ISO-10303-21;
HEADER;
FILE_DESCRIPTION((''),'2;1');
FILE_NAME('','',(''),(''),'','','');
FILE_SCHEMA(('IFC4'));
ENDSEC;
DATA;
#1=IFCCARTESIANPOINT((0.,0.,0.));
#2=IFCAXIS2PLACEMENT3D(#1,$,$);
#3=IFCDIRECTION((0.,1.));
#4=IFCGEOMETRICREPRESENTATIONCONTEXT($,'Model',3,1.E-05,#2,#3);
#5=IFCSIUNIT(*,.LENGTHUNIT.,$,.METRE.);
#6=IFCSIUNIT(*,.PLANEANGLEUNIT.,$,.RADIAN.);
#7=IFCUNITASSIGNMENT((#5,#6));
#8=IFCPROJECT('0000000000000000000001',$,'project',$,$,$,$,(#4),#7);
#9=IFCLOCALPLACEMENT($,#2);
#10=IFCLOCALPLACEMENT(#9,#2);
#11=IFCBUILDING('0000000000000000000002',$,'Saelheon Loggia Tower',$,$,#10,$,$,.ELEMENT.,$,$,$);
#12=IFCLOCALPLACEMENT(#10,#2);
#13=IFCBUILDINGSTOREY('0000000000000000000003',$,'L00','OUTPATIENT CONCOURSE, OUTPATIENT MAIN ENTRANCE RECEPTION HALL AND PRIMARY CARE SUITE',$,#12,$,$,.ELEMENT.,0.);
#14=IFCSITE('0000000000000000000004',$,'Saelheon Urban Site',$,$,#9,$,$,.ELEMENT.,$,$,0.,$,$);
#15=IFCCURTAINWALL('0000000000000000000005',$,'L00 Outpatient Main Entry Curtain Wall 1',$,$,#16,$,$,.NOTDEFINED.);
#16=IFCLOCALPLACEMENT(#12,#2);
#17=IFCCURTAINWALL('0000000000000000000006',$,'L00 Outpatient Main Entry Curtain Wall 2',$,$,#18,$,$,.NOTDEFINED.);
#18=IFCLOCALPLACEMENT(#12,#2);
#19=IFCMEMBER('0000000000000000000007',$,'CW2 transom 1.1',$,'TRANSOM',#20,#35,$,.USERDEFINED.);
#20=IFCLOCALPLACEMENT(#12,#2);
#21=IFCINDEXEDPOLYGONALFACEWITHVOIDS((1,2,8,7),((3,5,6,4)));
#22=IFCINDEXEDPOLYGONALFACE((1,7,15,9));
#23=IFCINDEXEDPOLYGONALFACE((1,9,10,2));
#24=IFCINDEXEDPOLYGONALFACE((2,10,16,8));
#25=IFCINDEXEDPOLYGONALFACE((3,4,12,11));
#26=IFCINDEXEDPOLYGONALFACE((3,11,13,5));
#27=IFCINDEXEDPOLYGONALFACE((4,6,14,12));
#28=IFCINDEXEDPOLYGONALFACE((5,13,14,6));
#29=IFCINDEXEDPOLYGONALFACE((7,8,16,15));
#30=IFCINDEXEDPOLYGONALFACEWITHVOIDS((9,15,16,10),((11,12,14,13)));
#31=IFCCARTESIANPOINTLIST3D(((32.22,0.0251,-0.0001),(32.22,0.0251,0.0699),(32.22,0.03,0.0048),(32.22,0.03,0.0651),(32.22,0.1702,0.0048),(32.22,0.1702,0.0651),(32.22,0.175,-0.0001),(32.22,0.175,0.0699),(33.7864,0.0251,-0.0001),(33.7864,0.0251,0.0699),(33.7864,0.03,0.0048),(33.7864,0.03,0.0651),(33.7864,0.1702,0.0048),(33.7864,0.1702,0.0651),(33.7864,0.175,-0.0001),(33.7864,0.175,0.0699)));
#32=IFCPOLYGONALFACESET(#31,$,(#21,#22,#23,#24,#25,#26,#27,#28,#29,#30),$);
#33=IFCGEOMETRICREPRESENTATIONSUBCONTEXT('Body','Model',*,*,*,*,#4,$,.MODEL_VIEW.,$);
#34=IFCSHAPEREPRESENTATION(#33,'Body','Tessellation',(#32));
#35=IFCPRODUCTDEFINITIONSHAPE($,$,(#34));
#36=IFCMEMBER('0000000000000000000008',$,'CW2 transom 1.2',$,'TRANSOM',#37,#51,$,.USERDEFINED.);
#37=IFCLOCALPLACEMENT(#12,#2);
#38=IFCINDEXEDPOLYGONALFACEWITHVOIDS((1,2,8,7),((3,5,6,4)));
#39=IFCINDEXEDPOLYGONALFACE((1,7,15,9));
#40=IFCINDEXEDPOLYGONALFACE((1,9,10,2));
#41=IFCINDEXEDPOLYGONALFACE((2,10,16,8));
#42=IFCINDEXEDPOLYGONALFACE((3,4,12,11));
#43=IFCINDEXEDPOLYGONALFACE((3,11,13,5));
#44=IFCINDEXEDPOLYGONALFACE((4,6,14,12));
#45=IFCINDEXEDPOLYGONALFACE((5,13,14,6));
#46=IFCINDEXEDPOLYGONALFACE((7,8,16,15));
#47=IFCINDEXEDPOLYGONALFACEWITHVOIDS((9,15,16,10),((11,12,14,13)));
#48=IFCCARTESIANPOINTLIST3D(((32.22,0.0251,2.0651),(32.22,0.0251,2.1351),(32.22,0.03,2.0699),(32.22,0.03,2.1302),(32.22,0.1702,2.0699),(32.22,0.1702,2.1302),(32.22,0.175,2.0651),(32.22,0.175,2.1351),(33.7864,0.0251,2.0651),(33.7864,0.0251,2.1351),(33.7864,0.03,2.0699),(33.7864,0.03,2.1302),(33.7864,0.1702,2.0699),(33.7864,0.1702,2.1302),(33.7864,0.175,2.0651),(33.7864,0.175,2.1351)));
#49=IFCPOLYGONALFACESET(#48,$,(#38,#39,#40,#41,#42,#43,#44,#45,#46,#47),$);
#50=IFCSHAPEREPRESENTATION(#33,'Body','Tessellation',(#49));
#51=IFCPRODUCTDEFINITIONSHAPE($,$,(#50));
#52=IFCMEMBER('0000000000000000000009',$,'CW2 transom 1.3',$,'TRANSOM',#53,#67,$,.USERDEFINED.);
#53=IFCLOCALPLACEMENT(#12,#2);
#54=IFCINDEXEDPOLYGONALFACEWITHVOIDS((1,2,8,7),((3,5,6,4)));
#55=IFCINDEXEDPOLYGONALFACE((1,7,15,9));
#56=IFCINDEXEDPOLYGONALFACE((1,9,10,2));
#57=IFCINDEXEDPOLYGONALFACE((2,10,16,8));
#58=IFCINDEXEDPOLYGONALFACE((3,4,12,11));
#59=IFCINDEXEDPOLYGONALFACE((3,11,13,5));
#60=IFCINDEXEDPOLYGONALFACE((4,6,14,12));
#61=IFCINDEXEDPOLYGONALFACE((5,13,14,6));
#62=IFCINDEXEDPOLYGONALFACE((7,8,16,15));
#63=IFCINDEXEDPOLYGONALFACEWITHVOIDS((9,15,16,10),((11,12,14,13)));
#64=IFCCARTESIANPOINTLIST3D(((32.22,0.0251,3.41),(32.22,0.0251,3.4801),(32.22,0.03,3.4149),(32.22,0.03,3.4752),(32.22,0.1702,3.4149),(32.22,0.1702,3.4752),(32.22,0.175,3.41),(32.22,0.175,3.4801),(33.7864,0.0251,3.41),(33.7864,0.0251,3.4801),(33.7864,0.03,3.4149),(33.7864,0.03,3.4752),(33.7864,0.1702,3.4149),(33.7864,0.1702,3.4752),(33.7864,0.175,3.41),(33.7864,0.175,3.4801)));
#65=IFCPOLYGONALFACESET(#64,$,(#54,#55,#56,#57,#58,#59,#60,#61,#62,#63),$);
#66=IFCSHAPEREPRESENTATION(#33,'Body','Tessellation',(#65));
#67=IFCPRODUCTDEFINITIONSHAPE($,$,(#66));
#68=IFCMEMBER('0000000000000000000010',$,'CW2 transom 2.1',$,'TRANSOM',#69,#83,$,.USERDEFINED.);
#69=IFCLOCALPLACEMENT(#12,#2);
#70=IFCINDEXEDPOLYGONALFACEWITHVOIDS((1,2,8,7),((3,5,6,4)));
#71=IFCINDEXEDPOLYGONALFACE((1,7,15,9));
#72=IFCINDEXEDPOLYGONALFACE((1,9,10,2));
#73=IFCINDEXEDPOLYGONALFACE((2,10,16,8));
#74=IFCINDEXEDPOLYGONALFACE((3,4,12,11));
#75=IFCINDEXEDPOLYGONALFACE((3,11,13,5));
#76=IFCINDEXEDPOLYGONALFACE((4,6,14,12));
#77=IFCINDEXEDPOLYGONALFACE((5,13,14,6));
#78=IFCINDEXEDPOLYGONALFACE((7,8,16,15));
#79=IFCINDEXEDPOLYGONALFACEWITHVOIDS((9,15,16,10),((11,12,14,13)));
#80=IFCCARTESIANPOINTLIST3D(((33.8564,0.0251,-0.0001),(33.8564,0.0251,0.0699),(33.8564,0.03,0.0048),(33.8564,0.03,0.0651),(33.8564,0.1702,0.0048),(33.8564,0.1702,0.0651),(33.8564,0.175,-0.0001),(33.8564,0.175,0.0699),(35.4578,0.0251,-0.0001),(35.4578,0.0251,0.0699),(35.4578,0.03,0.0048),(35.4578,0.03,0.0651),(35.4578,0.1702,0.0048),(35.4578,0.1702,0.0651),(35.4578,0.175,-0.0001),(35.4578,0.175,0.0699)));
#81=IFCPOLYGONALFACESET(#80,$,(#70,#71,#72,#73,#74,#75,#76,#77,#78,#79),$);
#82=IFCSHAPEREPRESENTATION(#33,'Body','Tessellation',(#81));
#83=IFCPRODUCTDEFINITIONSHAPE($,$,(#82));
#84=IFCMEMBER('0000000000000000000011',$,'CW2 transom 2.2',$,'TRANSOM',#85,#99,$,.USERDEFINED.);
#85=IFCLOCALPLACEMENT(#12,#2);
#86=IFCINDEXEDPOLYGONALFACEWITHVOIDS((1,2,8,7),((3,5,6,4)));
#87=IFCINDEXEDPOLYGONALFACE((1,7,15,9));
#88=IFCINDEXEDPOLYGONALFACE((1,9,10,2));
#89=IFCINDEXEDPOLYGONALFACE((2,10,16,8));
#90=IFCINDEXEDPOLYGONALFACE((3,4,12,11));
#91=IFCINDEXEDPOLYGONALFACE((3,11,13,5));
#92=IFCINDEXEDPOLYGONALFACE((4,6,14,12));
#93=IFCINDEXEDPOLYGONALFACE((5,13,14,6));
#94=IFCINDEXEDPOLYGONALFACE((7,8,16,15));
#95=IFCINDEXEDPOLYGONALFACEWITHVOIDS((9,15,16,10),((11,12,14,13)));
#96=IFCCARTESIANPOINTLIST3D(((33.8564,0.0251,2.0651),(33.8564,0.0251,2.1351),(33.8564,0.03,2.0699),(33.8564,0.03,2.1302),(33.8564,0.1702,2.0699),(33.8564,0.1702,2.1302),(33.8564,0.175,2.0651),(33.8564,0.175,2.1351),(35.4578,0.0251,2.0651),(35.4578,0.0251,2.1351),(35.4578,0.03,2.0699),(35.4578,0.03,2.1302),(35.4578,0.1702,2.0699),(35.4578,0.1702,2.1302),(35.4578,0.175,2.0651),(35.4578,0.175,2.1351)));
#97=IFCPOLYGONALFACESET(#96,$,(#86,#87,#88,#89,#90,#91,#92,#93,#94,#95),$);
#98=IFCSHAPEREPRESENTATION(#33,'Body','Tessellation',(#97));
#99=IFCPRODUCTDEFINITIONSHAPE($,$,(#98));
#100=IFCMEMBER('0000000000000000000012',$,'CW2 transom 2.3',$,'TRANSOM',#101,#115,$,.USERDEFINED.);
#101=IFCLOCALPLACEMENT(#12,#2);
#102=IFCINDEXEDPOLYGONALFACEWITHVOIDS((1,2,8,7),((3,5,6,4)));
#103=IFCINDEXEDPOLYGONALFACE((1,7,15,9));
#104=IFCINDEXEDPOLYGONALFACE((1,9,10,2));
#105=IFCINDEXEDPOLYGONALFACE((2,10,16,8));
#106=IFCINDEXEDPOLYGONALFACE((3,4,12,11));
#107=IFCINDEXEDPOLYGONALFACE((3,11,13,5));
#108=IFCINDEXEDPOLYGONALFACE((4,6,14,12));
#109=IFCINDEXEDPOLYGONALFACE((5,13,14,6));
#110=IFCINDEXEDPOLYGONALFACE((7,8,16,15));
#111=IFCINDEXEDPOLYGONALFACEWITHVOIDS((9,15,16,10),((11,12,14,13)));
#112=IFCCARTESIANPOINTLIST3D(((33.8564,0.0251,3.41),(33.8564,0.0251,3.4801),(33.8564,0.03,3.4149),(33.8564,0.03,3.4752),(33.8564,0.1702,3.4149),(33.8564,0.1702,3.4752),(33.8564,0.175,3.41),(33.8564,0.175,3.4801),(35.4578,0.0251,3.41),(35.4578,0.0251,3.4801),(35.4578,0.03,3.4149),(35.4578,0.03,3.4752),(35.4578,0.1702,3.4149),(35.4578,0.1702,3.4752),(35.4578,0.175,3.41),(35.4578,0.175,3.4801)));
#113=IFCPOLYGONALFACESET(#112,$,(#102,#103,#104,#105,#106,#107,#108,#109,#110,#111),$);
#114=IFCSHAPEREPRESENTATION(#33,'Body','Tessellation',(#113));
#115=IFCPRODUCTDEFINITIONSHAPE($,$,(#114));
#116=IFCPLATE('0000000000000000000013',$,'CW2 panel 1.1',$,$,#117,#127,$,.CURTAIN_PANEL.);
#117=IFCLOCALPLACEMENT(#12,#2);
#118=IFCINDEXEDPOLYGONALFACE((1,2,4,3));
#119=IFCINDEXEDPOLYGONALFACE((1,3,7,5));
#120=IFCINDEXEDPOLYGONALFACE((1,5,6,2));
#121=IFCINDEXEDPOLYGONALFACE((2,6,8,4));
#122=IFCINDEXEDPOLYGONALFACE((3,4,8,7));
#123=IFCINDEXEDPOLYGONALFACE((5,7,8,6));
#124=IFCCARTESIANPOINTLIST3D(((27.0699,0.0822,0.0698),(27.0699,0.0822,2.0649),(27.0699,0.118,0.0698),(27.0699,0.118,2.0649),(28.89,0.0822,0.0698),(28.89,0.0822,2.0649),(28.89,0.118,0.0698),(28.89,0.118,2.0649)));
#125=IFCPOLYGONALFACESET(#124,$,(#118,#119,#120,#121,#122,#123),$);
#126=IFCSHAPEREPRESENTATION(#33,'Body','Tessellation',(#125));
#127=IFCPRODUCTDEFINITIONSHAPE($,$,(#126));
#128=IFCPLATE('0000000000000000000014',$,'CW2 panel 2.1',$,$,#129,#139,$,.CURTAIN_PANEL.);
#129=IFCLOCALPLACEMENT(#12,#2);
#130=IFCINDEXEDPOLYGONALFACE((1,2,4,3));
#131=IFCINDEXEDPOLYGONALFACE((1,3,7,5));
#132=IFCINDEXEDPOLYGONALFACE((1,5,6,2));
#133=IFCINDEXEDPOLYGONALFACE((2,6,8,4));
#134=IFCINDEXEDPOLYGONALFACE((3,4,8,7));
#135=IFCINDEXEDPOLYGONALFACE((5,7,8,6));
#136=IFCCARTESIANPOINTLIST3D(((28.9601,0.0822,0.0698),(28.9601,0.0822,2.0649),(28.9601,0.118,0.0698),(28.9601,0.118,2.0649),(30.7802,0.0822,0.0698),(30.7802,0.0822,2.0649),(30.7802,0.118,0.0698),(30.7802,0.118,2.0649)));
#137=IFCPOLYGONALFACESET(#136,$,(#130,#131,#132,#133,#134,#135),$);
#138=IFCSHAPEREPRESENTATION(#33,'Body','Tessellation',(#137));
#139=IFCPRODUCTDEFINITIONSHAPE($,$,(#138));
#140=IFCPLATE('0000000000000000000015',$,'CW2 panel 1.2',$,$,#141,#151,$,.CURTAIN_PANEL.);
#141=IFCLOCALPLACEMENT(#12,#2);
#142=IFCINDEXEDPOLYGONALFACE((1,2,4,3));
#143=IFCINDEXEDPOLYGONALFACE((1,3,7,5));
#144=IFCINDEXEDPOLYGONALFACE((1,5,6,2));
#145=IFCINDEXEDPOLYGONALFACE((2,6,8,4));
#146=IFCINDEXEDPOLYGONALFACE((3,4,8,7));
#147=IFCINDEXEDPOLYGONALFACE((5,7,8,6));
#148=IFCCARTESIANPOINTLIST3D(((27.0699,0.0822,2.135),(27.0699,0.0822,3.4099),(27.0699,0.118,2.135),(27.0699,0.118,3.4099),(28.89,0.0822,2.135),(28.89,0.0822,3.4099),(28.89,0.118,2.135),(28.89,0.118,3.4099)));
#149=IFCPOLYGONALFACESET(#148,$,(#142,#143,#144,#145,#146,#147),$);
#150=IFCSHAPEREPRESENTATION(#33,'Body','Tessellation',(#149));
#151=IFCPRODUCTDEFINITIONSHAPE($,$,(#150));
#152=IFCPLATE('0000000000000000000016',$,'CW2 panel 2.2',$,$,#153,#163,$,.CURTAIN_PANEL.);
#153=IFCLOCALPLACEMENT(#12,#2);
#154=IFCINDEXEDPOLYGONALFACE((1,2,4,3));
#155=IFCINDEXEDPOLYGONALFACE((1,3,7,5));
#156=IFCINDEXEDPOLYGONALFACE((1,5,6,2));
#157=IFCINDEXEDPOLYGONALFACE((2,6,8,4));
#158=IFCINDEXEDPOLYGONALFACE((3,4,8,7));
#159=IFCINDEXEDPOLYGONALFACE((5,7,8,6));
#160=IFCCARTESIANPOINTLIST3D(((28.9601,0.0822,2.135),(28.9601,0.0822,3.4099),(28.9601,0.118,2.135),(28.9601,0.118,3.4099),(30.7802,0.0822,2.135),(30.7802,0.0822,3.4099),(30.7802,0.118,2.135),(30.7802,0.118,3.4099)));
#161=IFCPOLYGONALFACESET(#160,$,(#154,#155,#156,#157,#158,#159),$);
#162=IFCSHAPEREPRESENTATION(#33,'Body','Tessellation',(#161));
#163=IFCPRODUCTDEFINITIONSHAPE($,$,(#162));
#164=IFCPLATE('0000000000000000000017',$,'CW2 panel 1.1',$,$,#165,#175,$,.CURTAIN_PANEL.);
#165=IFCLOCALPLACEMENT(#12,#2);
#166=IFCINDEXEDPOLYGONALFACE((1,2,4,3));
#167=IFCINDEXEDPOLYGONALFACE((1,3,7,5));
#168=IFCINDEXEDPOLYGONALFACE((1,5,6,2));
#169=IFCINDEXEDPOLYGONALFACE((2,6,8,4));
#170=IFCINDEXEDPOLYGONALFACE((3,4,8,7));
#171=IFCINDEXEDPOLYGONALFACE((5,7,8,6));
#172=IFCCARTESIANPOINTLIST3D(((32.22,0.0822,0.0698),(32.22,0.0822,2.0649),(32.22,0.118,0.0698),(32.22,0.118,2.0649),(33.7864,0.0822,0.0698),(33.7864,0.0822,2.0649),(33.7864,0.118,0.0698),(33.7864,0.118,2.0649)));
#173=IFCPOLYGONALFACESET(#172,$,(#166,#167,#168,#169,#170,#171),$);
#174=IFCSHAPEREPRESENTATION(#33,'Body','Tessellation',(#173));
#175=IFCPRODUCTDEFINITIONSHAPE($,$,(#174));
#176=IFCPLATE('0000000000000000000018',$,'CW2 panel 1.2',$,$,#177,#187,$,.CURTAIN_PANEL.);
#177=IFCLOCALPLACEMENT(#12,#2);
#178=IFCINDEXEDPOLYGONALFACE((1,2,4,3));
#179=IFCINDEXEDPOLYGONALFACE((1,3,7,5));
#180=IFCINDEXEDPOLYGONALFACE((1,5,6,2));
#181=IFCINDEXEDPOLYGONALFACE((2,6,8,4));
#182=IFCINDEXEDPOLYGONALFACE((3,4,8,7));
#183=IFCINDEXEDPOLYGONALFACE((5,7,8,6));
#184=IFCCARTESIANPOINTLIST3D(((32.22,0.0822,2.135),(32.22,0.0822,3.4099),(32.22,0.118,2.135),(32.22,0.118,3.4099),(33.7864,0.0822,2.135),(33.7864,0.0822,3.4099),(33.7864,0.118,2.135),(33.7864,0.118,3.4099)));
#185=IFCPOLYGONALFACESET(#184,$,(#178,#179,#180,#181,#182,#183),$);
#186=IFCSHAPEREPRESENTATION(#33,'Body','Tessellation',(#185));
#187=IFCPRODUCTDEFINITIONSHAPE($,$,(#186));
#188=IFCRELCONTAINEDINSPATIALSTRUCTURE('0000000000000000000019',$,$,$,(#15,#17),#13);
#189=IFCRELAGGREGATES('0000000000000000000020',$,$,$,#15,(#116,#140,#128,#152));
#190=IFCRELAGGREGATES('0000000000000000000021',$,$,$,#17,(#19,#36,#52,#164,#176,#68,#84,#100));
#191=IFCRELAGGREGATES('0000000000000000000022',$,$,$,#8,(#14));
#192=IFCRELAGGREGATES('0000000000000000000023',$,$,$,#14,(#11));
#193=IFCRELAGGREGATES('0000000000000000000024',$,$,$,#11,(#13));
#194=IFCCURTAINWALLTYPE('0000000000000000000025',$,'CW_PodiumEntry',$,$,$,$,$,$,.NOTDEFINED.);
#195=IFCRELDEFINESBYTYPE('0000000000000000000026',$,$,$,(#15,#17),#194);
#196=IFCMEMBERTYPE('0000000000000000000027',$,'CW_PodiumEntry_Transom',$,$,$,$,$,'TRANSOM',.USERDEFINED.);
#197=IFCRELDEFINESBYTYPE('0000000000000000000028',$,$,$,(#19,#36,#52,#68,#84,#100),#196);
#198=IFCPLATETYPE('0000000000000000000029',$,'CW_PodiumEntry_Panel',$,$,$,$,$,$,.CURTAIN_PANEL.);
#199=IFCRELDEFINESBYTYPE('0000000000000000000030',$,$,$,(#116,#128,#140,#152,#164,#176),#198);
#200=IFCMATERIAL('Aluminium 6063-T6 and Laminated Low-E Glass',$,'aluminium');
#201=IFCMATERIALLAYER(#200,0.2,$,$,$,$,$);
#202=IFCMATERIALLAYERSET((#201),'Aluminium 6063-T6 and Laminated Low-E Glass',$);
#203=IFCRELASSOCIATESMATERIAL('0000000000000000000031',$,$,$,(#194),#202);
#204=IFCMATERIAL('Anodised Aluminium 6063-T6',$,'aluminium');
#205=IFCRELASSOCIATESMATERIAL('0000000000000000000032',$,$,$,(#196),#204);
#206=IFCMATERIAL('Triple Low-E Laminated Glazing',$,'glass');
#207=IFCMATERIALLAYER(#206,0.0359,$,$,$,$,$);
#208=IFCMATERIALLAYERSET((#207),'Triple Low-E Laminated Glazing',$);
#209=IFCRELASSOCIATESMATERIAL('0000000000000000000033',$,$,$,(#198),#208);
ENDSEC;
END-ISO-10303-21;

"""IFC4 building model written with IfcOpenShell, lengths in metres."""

from ifc_helpers import new_model, si_unit, direction, frame, origin, origin_2d, place, context, subcontext, project, spatial, rectangle, hollow_rectangle, extrude, source, transform, mapped, material, layer, layer_set, material_profile, profile_set, type_object, element, aggregate, save


model = new_model("IFC4")

# Units and contexts
model_context = context("Model", 3, precision=1e-05, world=origin(), true_north=direction((0.0, 1.0)))
body_context = subcontext(model_context, "Body", "Model", "MODEL_VIEW")
ifc_project = project(units=[si_unit("LENGTHUNIT", "METRE"), si_unit("PLANEANGLEUNIT", "RADIAN")], contexts=[model_context])

# Site, building, storey
site_placement = place(None, origin())
site = spatial("IfcSite", under=ifc_project, at=site_placement, Name="Saelheon Urban Site", CompositionType="ELEMENT", RefElevation=0.0)
building_placement = place(site_placement, origin())
building = spatial("IfcBuilding", under=site, at=building_placement, Name="Saelheon Loggia Tower", CompositionType="ELEMENT")
storey_placement = place(building_placement, origin())
storey = spatial("IfcBuildingStorey", under=building, at=storey_placement, Name="L00", Description="OUTPATIENT CONCOURSE, OUTPATIENT MAIN ENTRANCE RECEPTION HALL AND PRIMARY CARE SUITE", CompositionType="ELEMENT", Elevation=0.0)

# Curtain walls
ifc_material_1 = material(Name="Aluminium 6063-T6 and Laminated Low-E Glass", Category="aluminium")
ifc_layer_1 = layer(ifc_material_1, 0.2)
ifc_layer_set_1 = layer_set([ifc_layer_1], Name="Aluminium 6063-T6 and Laminated Low-E Glass")
curtain_wall_type = type_object("IfcCurtainWallType", Name="CW_PodiumEntry", PredefinedType="NOTDEFINED", material=ifc_layer_set_1)
curtain_wall_1_placement = place(storey_placement, origin())
curtain_wall_1 = element("IfcCurtainWall", 1, at=curtain_wall_1_placement, inside=storey, type_object=curtain_wall_type, Name="L00 Outpatient Main Entry Curtain Wall 1", PredefinedType="NOTDEFINED")
ifc_material_2 = material(Name="Anodised Aluminium 6063-T6", Category="aluminium")
curtain_wall_2_placement = place(storey_placement, origin())
curtain_wall_2 = element("IfcCurtainWall", 2, at=curtain_wall_2_placement, inside=storey, type_object=curtain_wall_type, Name="L00 Outpatient Main Entry Curtain Wall 2", PredefinedType="NOTDEFINED")

# Members
ifc_material_profile_1 = material_profile(ifc_material_2, hollow_rectangle(XDim=0.0701, YDim=0.1499, WallThickness=0.0049, at=origin_2d()), Name="RHS-150x70x5")
ifc_profile_set_1 = profile_set([ifc_material_profile_1], Name="Anodised Aluminium 6063-T6")
member_type_1 = type_object("IfcMemberType", Name="CW_PodiumEntry_Transom", ElementType="TRANSOM", PredefinedType="USERDEFINED", material=ifc_profile_set_1)
shared_shape_1 = source(origin(), body_context, "Body", "SweptSolid", [
    extrude(hollow_rectangle(XDim=0.0701, YDim=0.1499, WallThickness=0.0049, at=origin_2d()), origin(), (0.0, 0.0, 1.0), 1.5664),
])
member_1_placement = place(storey_placement, frame((32.22, 0.1001, 0.0349), z_axis=(1.0, 0.0, 0.0), x_axis=(0.0, 0.0, 1.0)))
member_1 = element("IfcMember", 3, at=member_1_placement, type_object=member_type_1, Name="CW2 transom 1.1", ObjectType="TRANSOM", PredefinedType="USERDEFINED", context=body_context, shape_type="MappedRepresentation", body=[
    mapped(shared_shape_1, transform((0.0, 0.0, 0.0), scale=1.0)),
])
member_2_placement = place(storey_placement, frame((32.22, 0.1001, 2.1001), z_axis=(1.0, 0.0, 0.0), x_axis=(0.0, 0.0, 1.0)))
member_2 = element("IfcMember", 4, at=member_2_placement, type_object=member_type_1, Name="CW2 transom 1.2", ObjectType="TRANSOM", PredefinedType="USERDEFINED", context=body_context, shape_type="MappedRepresentation", body=[
    mapped(shared_shape_1, transform((0.0, 0.0, 0.0), scale=1.0)),
])
member_3_placement = place(storey_placement, frame((32.22, 0.1001, 3.4451), z_axis=(1.0, 0.0, 0.0), x_axis=(0.0, 0.0, 1.0)))
member_3 = element("IfcMember", 5, at=member_3_placement, type_object=member_type_1, Name="CW2 transom 1.3", ObjectType="TRANSOM", PredefinedType="USERDEFINED", context=body_context, shape_type="MappedRepresentation", body=[
    mapped(shared_shape_1, transform((0.0, 0.0, 0.0), scale=1.0)),
])
shared_shape_2 = source(origin(), body_context, "Body", "SweptSolid", [
    extrude(hollow_rectangle(XDim=0.0701, YDim=0.1499, WallThickness=0.0049, at=origin_2d()), origin(), (0.0, 0.0, 1.0), 1.6013),
])
member_4_placement = place(storey_placement, frame((33.8564, 0.1001, 0.0349), z_axis=(1.0, 0.0, 0.0), x_axis=(0.0, 0.0, 1.0)))
member_4 = element("IfcMember", 6, at=member_4_placement, type_object=member_type_1, Name="CW2 transom 2.1", ObjectType="TRANSOM", PredefinedType="USERDEFINED", context=body_context, shape_type="MappedRepresentation", body=[
    mapped(shared_shape_2, transform((0.0, 0.0, 0.0), scale=1.0)),
])
member_5_placement = place(storey_placement, frame((33.8564, 0.1001, 2.1001), z_axis=(1.0, 0.0, 0.0), x_axis=(0.0, 0.0, 1.0)))
member_5 = element("IfcMember", 7, at=member_5_placement, type_object=member_type_1, Name="CW2 transom 2.2", ObjectType="TRANSOM", PredefinedType="USERDEFINED", context=body_context, shape_type="MappedRepresentation", body=[
    mapped(shared_shape_2, transform((0.0, 0.0, 0.0), scale=1.0)),
])
member_6_placement = place(storey_placement, frame((33.8564, 0.1001, 3.4451), z_axis=(1.0, 0.0, 0.0), x_axis=(0.0, 0.0, 1.0)))
member_6 = element("IfcMember", 8, at=member_6_placement, type_object=member_type_1, Name="CW2 transom 2.3", ObjectType="TRANSOM", PredefinedType="USERDEFINED", context=body_context, shape_type="MappedRepresentation", body=[
    mapped(shared_shape_2, transform((0.0, 0.0, 0.0), scale=1.0)),
])

# Plates
ifc_material_3 = material(Name="Triple Low-E Laminated Glazing", Category="glass")
ifc_layer_2 = layer(ifc_material_3, 0.0359)
ifc_layer_set_2 = layer_set([ifc_layer_2], Name="Triple Low-E Laminated Glazing")
plate_type = type_object("IfcPlateType", Name="CW_PodiumEntry_Panel", PredefinedType="CURTAIN_PANEL", material=ifc_layer_set_2)
shared_shape_3 = source(origin(), body_context, "Body", "SweptSolid", [
    extrude(rectangle(XDim=1.8201, YDim=0.0359, at=origin_2d()), origin(), (0.0, 0.0, 1.0), 1.9951),
])
plate_1_placement = place(storey_placement, frame((27.98, 0.1001, 0.0698), z_axis=(0.0, 0.0, 1.0), x_axis=(1.0, 0.0, 0.0)))
plate_1 = element("IfcPlate", 9, at=plate_1_placement, type_object=plate_type, Name="CW2 panel 1.1", PredefinedType="CURTAIN_PANEL", context=body_context, shape_type="MappedRepresentation", body=[
    mapped(shared_shape_3, transform((0.0, 0.0, 0.0), scale=1.0)),
])
plate_2_placement = place(storey_placement, frame((29.8701, 0.1001, 0.0698), z_axis=(0.0, 0.0, 1.0), x_axis=(1.0, 0.0, 0.0)))
plate_2 = element("IfcPlate", 10, at=plate_2_placement, type_object=plate_type, Name="CW2 panel 2.1", PredefinedType="CURTAIN_PANEL", context=body_context, shape_type="MappedRepresentation", body=[
    mapped(shared_shape_3, transform((0.0, 0.0, 0.0), scale=1.0)),
])
shared_shape_4 = source(origin(), body_context, "Body", "SweptSolid", [
    extrude(rectangle(XDim=1.8201, YDim=0.0359, at=origin_2d()), origin(), (0.0, 0.0, 1.0), 1.2749),
])
plate_3_placement = place(storey_placement, frame((27.98, 0.1001, 2.135), z_axis=(0.0, 0.0, 1.0), x_axis=(1.0, 0.0, 0.0)))
plate_3 = element("IfcPlate", 11, at=plate_3_placement, type_object=plate_type, Name="CW2 panel 1.2", PredefinedType="CURTAIN_PANEL", context=body_context, shape_type="MappedRepresentation", body=[
    mapped(shared_shape_4, transform((0.0, 0.0, 0.0), scale=1.0)),
])
plate_4_placement = place(storey_placement, frame((29.8701, 0.1001, 2.135), z_axis=(0.0, 0.0, 1.0), x_axis=(1.0, 0.0, 0.0)))
plate_4 = element("IfcPlate", 12, at=plate_4_placement, type_object=plate_type, Name="CW2 panel 2.2", PredefinedType="CURTAIN_PANEL", context=body_context, shape_type="MappedRepresentation", body=[
    mapped(shared_shape_4, transform((0.0, 0.0, 0.0), scale=1.0)),
])
aggregate(curtain_wall_1, [plate_1, plate_3, plate_2, plate_4])
shared_shape_5 = source(origin(), body_context, "Body", "SweptSolid", [
    extrude(rectangle(XDim=1.5664, YDim=0.0359, at=origin_2d()), origin(), (0.0, 0.0, 1.0), 1.9951),
])
plate_5_placement = place(storey_placement, frame((33.0032, 0.1001, 0.0698), z_axis=(0.0, 0.0, 1.0), x_axis=(1.0, 0.0, 0.0)))
plate_5 = element("IfcPlate", 13, at=plate_5_placement, type_object=plate_type, Name="CW2 panel 1.1", PredefinedType="CURTAIN_PANEL", context=body_context, shape_type="MappedRepresentation", body=[
    mapped(shared_shape_5, transform((0.0, 0.0, 0.0), scale=1.0)),
])
shared_shape_6 = source(origin(), body_context, "Body", "SweptSolid", [
    extrude(rectangle(XDim=1.5664, YDim=0.0359, at=origin_2d()), origin(), (0.0, 0.0, 1.0), 1.2749),
])
plate_6_placement = place(storey_placement, frame((33.0032, 0.1001, 2.135), z_axis=(0.0, 0.0, 1.0), x_axis=(1.0, 0.0, 0.0)))
plate_6 = element("IfcPlate", 14, at=plate_6_placement, type_object=plate_type, Name="CW2 panel 1.2", PredefinedType="CURTAIN_PANEL", context=body_context, shape_type="MappedRepresentation", body=[
    mapped(shared_shape_6, transform((0.0, 0.0, 0.0), scale=1.0)),
])
aggregate(curtain_wall_2, [member_1, member_2, member_3, plate_5, plate_6, member_4, member_5, member_6])

save(model, "model.ifc")
